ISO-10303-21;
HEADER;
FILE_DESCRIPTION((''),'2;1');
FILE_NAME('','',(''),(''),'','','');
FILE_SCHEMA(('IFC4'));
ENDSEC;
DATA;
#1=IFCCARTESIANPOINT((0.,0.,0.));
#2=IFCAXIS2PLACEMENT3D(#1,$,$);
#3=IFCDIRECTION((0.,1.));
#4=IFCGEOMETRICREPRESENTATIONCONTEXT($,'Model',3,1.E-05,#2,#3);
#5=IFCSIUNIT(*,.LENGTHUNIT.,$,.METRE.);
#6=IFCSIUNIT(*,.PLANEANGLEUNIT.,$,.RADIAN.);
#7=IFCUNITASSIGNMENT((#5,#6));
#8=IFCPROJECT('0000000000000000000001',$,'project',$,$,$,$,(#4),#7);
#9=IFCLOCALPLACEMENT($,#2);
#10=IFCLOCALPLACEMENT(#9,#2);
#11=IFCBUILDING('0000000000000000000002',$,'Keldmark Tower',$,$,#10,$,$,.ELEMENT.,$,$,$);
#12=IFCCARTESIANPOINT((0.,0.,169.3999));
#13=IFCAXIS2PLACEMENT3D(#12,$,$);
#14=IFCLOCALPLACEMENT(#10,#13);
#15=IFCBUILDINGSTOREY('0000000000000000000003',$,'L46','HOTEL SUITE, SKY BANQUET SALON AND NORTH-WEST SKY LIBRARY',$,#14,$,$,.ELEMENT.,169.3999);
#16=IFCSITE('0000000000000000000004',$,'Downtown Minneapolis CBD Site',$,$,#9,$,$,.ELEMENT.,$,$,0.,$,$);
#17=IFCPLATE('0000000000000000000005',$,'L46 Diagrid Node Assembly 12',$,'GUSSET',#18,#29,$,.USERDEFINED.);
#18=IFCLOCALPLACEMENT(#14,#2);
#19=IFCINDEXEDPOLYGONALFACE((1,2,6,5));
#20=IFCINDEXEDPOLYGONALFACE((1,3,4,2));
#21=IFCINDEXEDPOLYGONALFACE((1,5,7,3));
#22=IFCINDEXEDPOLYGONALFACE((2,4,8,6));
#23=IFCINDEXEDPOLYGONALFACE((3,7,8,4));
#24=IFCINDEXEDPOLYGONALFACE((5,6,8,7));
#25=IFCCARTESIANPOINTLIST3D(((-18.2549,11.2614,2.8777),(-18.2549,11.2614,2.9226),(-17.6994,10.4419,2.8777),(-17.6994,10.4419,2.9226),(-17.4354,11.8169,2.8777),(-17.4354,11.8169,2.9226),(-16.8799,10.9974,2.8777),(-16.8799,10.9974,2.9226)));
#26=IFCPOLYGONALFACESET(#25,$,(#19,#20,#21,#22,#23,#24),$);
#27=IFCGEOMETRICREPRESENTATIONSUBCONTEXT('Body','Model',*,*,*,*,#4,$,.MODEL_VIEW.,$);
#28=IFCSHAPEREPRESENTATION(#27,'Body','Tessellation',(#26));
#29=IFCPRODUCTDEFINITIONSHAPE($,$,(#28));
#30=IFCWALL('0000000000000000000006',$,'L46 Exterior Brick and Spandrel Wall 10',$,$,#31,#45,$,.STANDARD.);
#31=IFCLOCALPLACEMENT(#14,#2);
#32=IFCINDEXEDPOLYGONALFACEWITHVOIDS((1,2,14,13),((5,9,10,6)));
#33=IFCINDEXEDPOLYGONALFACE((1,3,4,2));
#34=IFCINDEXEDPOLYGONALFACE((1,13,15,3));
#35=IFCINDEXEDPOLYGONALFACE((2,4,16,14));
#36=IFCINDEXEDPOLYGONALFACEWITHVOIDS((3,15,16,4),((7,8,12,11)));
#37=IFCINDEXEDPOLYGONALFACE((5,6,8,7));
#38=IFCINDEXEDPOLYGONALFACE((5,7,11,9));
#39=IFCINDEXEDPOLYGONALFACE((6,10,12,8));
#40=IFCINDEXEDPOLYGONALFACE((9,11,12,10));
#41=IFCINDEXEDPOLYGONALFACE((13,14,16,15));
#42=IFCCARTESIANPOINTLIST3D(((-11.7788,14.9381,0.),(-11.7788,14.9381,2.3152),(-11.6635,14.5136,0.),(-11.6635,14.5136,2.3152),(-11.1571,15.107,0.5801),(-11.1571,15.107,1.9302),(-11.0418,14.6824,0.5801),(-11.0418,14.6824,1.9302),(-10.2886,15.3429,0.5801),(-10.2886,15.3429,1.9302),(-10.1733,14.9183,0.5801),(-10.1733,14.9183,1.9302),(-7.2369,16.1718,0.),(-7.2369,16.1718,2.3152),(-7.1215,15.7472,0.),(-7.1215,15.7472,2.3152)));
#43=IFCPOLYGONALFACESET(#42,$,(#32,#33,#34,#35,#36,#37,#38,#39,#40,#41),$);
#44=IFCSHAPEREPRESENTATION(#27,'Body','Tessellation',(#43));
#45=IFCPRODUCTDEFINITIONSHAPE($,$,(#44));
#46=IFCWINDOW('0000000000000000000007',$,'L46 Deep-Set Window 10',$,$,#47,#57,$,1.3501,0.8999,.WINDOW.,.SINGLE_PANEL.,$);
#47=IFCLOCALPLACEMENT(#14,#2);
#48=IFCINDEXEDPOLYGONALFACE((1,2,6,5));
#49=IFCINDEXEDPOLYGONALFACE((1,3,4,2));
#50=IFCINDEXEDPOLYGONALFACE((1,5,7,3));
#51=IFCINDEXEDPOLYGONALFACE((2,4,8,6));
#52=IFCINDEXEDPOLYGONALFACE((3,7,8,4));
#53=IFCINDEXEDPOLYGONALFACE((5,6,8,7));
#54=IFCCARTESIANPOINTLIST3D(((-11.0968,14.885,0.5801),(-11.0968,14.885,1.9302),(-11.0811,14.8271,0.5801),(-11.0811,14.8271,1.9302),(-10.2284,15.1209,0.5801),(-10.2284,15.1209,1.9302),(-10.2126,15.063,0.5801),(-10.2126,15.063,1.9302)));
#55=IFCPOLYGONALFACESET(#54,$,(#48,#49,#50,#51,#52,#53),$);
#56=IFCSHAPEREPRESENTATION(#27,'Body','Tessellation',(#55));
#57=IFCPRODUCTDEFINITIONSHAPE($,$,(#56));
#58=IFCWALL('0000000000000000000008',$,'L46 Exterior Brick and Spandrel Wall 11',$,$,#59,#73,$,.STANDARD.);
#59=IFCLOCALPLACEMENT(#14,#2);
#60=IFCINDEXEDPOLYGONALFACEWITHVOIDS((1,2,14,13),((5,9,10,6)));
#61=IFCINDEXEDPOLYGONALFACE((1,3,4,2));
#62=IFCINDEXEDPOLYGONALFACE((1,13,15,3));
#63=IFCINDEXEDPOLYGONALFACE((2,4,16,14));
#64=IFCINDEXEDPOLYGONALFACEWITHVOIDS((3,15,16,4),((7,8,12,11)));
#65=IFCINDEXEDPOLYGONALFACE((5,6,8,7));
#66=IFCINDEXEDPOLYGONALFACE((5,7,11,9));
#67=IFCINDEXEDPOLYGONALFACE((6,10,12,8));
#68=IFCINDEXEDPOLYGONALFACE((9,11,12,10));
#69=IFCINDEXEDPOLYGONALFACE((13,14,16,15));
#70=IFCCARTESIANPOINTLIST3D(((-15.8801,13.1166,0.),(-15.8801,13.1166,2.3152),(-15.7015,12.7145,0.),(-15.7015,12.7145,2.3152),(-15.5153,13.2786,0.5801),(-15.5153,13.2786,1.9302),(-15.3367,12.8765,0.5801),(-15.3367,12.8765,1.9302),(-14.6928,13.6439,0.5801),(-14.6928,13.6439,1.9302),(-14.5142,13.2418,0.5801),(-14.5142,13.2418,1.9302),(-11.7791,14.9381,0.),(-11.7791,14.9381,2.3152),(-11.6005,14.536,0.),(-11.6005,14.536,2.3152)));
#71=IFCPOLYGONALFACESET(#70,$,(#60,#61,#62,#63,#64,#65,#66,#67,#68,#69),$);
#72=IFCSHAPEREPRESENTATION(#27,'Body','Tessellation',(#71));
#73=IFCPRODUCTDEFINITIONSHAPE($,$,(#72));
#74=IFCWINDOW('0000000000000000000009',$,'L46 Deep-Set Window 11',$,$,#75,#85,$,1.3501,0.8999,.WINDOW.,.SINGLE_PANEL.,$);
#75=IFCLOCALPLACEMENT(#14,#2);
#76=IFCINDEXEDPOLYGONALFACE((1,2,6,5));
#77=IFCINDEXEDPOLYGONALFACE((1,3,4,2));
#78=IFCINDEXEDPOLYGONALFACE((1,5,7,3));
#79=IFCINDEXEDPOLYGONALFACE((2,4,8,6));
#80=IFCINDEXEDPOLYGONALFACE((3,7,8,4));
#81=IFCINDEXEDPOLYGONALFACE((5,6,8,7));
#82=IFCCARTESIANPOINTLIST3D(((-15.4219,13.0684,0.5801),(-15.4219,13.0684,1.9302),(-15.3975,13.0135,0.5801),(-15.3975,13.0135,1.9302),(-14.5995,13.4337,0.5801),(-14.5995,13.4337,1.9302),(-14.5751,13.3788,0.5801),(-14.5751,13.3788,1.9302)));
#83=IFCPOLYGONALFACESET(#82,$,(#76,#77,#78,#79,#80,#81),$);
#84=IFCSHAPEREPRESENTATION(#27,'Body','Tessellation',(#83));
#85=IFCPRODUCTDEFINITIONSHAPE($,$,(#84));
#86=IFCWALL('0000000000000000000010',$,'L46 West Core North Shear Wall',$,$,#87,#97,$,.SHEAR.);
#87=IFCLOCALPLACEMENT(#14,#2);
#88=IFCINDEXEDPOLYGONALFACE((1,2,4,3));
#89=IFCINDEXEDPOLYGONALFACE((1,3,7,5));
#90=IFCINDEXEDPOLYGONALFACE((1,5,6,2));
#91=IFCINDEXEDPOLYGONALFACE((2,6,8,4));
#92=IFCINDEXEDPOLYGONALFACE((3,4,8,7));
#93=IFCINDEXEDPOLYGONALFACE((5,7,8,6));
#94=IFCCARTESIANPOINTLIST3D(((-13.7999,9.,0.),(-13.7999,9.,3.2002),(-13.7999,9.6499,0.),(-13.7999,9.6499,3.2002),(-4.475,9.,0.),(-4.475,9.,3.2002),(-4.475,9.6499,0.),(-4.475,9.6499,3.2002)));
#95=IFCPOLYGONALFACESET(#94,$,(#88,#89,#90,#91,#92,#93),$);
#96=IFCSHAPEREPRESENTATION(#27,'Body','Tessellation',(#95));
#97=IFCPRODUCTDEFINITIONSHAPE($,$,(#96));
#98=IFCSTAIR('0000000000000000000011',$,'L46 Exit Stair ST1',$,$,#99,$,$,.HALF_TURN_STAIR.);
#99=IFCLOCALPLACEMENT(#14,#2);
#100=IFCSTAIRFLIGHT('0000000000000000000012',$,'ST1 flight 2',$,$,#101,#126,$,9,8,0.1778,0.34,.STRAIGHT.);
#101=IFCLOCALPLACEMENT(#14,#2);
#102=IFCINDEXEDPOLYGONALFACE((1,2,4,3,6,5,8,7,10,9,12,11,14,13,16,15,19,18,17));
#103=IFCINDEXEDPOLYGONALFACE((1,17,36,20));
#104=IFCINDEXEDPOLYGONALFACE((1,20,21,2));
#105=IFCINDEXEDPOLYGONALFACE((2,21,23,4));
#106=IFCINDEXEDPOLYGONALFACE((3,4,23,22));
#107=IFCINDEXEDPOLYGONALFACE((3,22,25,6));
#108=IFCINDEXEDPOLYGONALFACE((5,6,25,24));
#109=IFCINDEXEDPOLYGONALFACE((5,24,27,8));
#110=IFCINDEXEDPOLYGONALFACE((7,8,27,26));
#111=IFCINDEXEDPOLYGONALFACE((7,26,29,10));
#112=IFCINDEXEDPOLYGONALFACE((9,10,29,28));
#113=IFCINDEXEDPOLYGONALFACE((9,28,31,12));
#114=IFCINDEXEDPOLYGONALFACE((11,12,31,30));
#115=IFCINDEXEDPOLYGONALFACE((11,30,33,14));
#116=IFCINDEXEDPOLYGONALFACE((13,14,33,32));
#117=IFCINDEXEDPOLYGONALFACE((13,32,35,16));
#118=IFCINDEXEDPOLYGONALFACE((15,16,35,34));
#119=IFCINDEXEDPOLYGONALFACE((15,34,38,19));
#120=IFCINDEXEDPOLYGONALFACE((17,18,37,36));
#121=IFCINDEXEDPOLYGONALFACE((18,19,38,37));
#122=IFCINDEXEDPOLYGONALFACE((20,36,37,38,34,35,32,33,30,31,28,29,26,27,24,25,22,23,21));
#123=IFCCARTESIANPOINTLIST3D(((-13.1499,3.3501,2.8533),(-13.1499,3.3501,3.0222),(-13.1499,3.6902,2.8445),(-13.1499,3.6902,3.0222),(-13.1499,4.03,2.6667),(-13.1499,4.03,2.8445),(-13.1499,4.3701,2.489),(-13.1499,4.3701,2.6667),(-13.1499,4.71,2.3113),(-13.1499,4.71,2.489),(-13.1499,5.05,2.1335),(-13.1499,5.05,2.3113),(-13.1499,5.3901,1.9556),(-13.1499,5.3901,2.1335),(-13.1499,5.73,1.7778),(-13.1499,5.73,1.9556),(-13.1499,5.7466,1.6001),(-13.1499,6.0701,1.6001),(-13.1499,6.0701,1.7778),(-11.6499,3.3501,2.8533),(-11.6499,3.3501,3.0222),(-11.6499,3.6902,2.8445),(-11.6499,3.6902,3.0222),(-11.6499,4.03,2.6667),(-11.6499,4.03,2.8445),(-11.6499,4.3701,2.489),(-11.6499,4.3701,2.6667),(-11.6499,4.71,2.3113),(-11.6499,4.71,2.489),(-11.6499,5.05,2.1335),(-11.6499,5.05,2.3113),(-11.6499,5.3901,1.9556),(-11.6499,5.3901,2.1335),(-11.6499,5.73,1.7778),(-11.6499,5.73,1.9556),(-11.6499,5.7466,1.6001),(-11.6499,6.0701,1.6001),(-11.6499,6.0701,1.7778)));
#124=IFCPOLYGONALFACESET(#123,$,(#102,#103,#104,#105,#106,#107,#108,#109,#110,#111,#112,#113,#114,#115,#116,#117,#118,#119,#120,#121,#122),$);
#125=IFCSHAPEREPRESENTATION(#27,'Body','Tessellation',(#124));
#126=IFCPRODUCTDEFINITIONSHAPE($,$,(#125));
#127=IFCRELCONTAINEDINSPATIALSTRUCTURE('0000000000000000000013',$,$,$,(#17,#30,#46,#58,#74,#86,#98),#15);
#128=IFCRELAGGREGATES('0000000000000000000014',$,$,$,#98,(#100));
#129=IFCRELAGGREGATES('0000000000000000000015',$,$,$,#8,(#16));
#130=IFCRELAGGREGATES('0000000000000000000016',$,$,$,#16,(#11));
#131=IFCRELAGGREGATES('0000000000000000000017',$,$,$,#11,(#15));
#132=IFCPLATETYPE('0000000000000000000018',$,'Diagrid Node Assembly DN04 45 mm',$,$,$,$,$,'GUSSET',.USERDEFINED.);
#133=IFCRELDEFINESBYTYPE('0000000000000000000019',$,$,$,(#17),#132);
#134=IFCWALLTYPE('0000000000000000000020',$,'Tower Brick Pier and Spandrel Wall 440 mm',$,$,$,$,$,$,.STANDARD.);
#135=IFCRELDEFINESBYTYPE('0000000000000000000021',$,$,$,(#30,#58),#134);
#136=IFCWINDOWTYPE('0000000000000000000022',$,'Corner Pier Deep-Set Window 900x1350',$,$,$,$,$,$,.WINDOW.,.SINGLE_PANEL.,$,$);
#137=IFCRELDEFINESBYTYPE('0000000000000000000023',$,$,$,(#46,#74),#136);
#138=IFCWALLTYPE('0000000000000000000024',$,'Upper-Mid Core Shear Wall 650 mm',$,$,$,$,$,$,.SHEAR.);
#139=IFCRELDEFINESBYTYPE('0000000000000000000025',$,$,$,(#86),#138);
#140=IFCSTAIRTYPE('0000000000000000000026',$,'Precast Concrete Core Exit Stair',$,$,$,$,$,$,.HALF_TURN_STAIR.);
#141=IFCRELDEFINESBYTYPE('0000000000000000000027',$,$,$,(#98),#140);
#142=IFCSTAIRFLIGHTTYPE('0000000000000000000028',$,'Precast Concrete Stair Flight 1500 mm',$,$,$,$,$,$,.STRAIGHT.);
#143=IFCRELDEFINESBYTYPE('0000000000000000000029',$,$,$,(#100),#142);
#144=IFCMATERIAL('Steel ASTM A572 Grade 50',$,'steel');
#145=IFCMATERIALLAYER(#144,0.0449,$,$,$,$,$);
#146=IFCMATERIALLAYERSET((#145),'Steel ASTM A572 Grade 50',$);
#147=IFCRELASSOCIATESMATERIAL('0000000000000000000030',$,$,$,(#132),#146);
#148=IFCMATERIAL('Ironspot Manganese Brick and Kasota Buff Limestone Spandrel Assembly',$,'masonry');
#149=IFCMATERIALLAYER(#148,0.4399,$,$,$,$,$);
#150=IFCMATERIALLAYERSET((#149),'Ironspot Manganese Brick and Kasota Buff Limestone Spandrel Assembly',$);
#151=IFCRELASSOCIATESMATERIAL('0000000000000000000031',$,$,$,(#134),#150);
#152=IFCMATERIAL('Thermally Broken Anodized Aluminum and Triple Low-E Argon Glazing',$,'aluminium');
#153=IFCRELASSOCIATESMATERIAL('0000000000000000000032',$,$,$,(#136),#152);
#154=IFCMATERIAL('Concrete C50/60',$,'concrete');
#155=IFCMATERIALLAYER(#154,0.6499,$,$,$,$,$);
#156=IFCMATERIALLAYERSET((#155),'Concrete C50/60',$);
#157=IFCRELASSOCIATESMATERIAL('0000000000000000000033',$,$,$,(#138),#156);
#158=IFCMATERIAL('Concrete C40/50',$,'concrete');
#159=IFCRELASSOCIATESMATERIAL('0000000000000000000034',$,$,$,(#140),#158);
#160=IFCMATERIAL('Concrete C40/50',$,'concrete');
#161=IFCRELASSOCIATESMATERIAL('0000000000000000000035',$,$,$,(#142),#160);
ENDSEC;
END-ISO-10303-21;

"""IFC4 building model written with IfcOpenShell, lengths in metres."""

from ifc_helpers import new_model, si_unit, direction, frame, frame_2d, origin, origin_2d, place, context, subcontext, project, spatial, polyline, rectangle, outline, extrude, material, layer, layer_set, type_object, element, fill, aggregate, save


model = new_model("IFC4")

# Units and contexts
model_context = context("Model", 3, precision=1e-05, world=origin(), true_north=direction((0.0, 1.0)))
body_context = subcontext(model_context, "Body", "Model", "MODEL_VIEW")
ifc_project = project(units=[si_unit("LENGTHUNIT", "METRE"), si_unit("PLANEANGLEUNIT", "RADIAN")], contexts=[model_context])

# Site, building, storey
site_placement = place(None, origin())
site = spatial("IfcSite", under=ifc_project, at=site_placement, Name="Downtown Minneapolis CBD Site", CompositionType="ELEMENT", RefElevation=0.0)
building_placement = place(site_placement, origin())
building = spatial("IfcBuilding", under=site, at=building_placement, Name="Keldmark Tower", CompositionType="ELEMENT")
storey_placement = place(building_placement, frame((0.0, 0.0, 169.3999)))
storey = spatial("IfcBuildingStorey", under=building, at=storey_placement, Name="L46", Description="HOTEL SUITE, SKY BANQUET SALON AND NORTH-WEST SKY LIBRARY", CompositionType="ELEMENT", Elevation=169.3999)

# Plate
ifc_material_1 = material(Name="Steel ASTM A572 Grade 50", Category="steel")
ifc_layer_1 = layer(ifc_material_1, 0.0449)
ifc_layer_set_1 = layer_set([ifc_layer_1], Name="Steel ASTM A572 Grade 50")
plate_type_1 = type_object("IfcPlateType", Name="Diagrid Node Assembly DN04 45 mm", ElementType="GUSSET", PredefinedType="USERDEFINED", material=ifc_layer_set_1)
for number, where, z_axis, x_axis, name in (
    (1, (-17.5674, 11.1294, 2.8777), (0.0, 0.0, 1.0), (-0.827767, -0.561072, 0.0), "L46 Diagrid Node Assembly 12"),
):
    element("IfcPlate", number, at=place(storey_placement, frame(where, z_axis=z_axis, x_axis=x_axis)), inside=storey, type_object=plate_type_1, Name=name, ObjectType="GUSSET", PredefinedType="USERDEFINED", context=body_context, shape_type="SweptSolid", body=[
        extrude(rectangle(XDim=0.99, YDim=0.99, at=origin_2d()), origin(), (0.0, 0.0, 1.0), 0.0449),
    ])

# Walls, openings, windows
ifc_material_2 = material(Name="Ironspot Manganese Brick and Kasota Buff Limestone Spandrel Assembly", Category="masonry")
ifc_layer_2 = layer(ifc_material_2, 0.4399)
ifc_layer_set_2 = layer_set([ifc_layer_2], Name="Ironspot Manganese Brick and Kasota Buff Limestone Spandrel Assembly")
wall_type_1 = type_object("IfcWallType", Name="Tower Brick Pier and Spandrel Wall 440 mm", PredefinedType="STANDARD", material=ifc_layer_set_2)
wall_1_placement = place(storey_placement, frame((-11.7212, 14.7258, 0.0), z_axis=(0.0, 0.0, 1.0), x_axis=(0.965037, 0.262112, 0.0)))
wall_1 = element("IfcWall", 2, at=wall_1_placement, inside=storey, type_object=wall_type_1, Name="L46 Exterior Brick and Spandrel Wall 10", PredefinedType="STANDARD", context=body_context, shape_type="SweptSolid", body=[
    extrude(rectangle(XDim=4.7065, YDim=0.4399, at=frame_2d((2.3533, 0.0))), origin(), (0.0, 0.0, 1.0), 2.3152),
])
opening_1_placement = place(wall_1_placement, frame((0.6443, 0.0, 0.5801)))
opening_1 = element("IfcOpeningElement", 3, at=opening_1_placement, cuts=wall_1, PredefinedType="OPENING", context=body_context, shape_type="SweptSolid", body=[
    extrude(rectangle(XDim=0.8999, YDim=1.3501, at=frame_2d((0.45, 0.675))), frame((0.0, 0.23, 0.0), z_axis=(0.0, -1.0, 0.0), x_axis=(1.0, 0.0, 0.0)), (0.0, 0.0, 1.0), 0.46),
])
ifc_material_3 = material(Name="Thermally Broken Anodized Aluminum and Triple Low-E Argon Glazing", Category="aluminium")
window_type = type_object("IfcWindowType", Name="Corner Pier Deep-Set Window 900x1350", PartitioningType="SINGLE_PANEL", PredefinedType="WINDOW", material=ifc_material_3)
window_1_placement = place(opening_1_placement, origin())
window_1 = element("IfcWindow", 4, at=window_1_placement, inside=storey, type_object=window_type, Name="L46 Deep-Set Window 10", OverallHeight=1.3501, OverallWidth=0.8999, PartitioningType="SINGLE_PANEL", PredefinedType="WINDOW", context=body_context, shape_type="SweptSolid", body=[
    extrude(rectangle(XDim=0.8999, YDim=1.3501, at=frame_2d((0.45, 0.675))), frame((0.0, -0.01, 0.0), z_axis=(0.0, -1.0, 0.0), x_axis=(1.0, 0.0, 0.0)), (0.0, 0.0, 1.0), 0.0601),
])
fill(opening_1, window_1)
wall_2_placement = place(storey_placement, frame((-15.7908, 12.9155, 0.0), z_axis=(0.0, 0.0, 1.0), x_axis=(0.913908, 0.405921, 0.0)))
wall_2 = element("IfcWall", 5, at=wall_2_placement, inside=storey, type_object=wall_type_1, Name="L46 Exterior Brick and Spandrel Wall 11", PredefinedType="STANDARD", context=body_context, shape_type="SweptSolid", body=[
    extrude(rectangle(XDim=4.4873, YDim=0.4399, at=frame_2d((2.2437, 0.0))), origin(), (0.0, 0.0, 1.0), 2.3152),
])
opening_2_placement = place(wall_2_placement, frame((0.3992, 0.0, 0.5801)))
opening_2 = element("IfcOpeningElement", 6, at=opening_2_placement, cuts=wall_2, PredefinedType="OPENING", context=body_context, shape_type="SweptSolid", body=[
    extrude(rectangle(XDim=0.8999, YDim=1.3501, at=frame_2d((0.45, 0.675))), frame((0.0, 0.23, 0.0), z_axis=(0.0, -1.0, 0.0), x_axis=(1.0, 0.0, 0.0)), (0.0, 0.0, 1.0), 0.46),
])
window_2_placement = place(opening_2_placement, origin())
window_2 = element("IfcWindow", 7, at=window_2_placement, inside=storey, type_object=window_type, Name="L46 Deep-Set Window 11", OverallHeight=1.3501, OverallWidth=0.8999, PartitioningType="SINGLE_PANEL", PredefinedType="WINDOW", context=body_context, shape_type="SweptSolid", body=[
    extrude(rectangle(XDim=0.8999, YDim=1.3501, at=frame_2d((0.45, 0.675))), frame((0.0, -0.01, 0.0), z_axis=(0.0, -1.0, 0.0), x_axis=(1.0, 0.0, 0.0)), (0.0, 0.0, 1.0), 0.0601),
])
fill(opening_2, window_2)

# Wall
ifc_material_4 = material(Name="Concrete C50/60", Category="concrete")
ifc_layer_3 = layer(ifc_material_4, 0.6499)
ifc_layer_set_3 = layer_set([ifc_layer_3], Name="Concrete C50/60")
wall_type_2 = type_object("IfcWallType", Name="Upper-Mid Core Shear Wall 650 mm", PredefinedType="SHEAR", material=ifc_layer_set_3)
wall_3_placement = place(storey_placement, frame((-13.8, 9.325, 0.0), z_axis=(0.0, 0.0, 1.0), x_axis=(1.0, 0.0, 0.0)))
element("IfcWall", 8, at=wall_3_placement, inside=storey, type_object=wall_type_2, Name="L46 West Core North Shear Wall", PredefinedType="SHEAR", context=body_context, shape_type="SweptSolid", body=[
    extrude(rectangle(XDim=9.325, YDim=0.6499, at=frame_2d((4.6626, 0.0))), origin(), (0.0, 0.0, 1.0), 3.2002),
])

# Stair, stair flight
ifc_material_5 = material(Name="Concrete C40/50", Category="concrete")
stair_type = type_object("IfcStairType", Name="Precast Concrete Core Exit Stair", PredefinedType="HALF_TURN_STAIR", material=ifc_material_5)
stair_placement = place(storey_placement, origin())
stair = element("IfcStair", 9, at=stair_placement, inside=storey, type_object=stair_type, Name="L46 Exit Stair ST1", PredefinedType="HALF_TURN_STAIR")
ifc_material_6 = material(Name="Concrete C40/50", Category="concrete")
stair_flight_type = type_object("IfcStairFlightType", Name="Precast Concrete Stair Flight 1500 mm", PredefinedType="STRAIGHT", material=ifc_material_6)
stair_flight_placement = place(storey_placement, frame((-12.3999, 6.0701, 1.6001), z_axis=(0.0, 0.0, 1.0), x_axis=(0.0, -1.0, 0.0)))
stair_flight = element("IfcStairFlight", 10, at=stair_flight_placement, type_object=stair_flight_type, Name="ST1 flight 2", NumberOfRisers=9, NumberOfTreads=8, PredefinedType="STRAIGHT", RiserHeight=0.1778, TreadLength=0.34, context=body_context, shape_type="SweptSolid", body=[
    extrude(outline(polyline([(0.0, 0.0), (0.0, 0.1777), (0.3401, 0.1777), (0.3401, 0.3555), (0.6799, 0.3555), (0.6799, 0.5334), (1.02, 0.5334), (1.02, 0.7112), (1.3601, 0.7112), (1.3601, 0.8889), (1.7, 0.8889), (1.7, 1.0667), (2.04, 1.0667), (2.04, 1.2444), (2.3799, 1.2444), (2.3799, 1.4221), (2.72, 1.4221), (2.72, 1.6001), (2.72, 1.2532), (0.3235, 0.0), (0.0, 0.0)])), frame((0.0, 0.75, 0.0), z_axis=(0.0, -1.0, 0.0), x_axis=(1.0, 0.0, 0.0)), (0.0, 0.0, 1.0), 1.5),
])
aggregate(stair, [stair_flight])

save(model, "model.ifc")
